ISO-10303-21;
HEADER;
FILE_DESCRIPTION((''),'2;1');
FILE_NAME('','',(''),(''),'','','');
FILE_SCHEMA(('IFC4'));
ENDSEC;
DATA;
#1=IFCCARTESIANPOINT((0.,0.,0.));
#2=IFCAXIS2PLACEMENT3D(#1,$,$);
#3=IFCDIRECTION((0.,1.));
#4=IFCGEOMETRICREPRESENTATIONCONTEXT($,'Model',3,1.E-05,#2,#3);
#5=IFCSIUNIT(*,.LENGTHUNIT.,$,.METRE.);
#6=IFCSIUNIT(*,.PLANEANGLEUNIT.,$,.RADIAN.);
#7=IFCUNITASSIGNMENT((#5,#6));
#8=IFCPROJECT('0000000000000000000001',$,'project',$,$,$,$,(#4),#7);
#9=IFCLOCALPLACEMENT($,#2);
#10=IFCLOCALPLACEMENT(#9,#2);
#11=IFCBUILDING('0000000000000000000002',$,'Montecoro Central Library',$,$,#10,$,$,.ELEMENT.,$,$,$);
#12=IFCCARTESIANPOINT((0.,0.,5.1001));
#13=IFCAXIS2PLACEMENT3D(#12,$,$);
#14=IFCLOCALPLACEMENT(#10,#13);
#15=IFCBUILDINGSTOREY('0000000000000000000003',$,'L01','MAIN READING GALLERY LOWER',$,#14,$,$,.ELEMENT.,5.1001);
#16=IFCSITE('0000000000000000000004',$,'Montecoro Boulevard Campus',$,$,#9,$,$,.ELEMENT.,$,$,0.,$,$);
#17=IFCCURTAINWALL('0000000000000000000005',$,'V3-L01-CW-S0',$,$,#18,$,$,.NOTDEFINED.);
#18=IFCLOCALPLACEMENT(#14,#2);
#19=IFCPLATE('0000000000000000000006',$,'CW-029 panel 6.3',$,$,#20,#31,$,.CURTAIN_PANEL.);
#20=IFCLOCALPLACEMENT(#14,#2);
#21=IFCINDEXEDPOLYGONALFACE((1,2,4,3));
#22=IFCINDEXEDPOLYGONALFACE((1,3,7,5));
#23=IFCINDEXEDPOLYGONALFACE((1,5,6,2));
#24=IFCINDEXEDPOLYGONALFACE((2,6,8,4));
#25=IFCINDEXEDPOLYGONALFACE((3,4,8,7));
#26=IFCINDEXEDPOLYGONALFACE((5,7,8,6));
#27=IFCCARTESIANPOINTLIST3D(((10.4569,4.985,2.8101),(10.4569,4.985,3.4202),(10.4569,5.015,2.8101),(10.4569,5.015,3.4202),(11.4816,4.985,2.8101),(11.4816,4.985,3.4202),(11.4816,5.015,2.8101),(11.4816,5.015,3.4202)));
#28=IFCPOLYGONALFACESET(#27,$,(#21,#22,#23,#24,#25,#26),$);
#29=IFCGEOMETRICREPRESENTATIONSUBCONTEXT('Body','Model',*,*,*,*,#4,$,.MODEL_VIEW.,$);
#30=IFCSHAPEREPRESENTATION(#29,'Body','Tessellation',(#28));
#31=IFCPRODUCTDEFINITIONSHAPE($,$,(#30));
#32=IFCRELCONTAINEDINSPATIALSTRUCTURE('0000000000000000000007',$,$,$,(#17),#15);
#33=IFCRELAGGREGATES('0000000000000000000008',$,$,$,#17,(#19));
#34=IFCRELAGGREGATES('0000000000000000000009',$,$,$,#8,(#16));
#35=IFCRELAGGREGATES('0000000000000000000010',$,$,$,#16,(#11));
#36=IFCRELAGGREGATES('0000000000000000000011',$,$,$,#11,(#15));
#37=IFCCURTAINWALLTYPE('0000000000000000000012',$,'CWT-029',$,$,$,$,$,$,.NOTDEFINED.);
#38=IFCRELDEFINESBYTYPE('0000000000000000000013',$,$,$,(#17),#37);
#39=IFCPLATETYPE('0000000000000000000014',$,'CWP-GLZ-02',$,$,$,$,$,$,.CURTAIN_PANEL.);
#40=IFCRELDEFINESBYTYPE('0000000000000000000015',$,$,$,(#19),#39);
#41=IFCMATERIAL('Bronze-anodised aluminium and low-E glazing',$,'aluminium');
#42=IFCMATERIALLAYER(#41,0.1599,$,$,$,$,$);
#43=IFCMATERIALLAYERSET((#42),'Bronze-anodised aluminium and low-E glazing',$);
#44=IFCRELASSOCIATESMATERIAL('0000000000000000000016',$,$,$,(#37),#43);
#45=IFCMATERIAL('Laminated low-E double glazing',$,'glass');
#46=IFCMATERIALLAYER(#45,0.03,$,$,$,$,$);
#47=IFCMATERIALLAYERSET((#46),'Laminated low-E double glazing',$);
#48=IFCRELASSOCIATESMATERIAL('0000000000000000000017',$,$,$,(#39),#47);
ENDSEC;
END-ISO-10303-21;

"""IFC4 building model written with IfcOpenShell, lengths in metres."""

from ifc_helpers import new_model, si_unit, direction, frame, origin, origin_2d, place, context, subcontext, project, spatial, rectangle, extrude, material, layer, layer_set, type_object, element, aggregate, save


model = new_model("IFC4")

# Units and contexts
model_context = context("Model", 3, precision=1e-05, world=origin(), true_north=direction((0.0, 1.0)))
body_context = subcontext(model_context, "Body", "Model", "MODEL_VIEW")
ifc_project = project(units=[si_unit("LENGTHUNIT", "METRE"), si_unit("PLANEANGLEUNIT", "RADIAN")], contexts=[model_context])

# Site, building, storey
site_placement = place(None, origin())
site = spatial("IfcSite", under=ifc_project, at=site_placement, Name="Montecoro Boulevard Campus", CompositionType="ELEMENT", RefElevation=0.0)
building_placement = place(site_placement, origin())
building = spatial("IfcBuilding", under=site, at=building_placement, Name="Montecoro Central Library", CompositionType="ELEMENT")
storey_placement = place(building_placement, frame((0.0, 0.0, 5.1001)))
storey = spatial("IfcBuildingStorey", under=building, at=storey_placement, Name="L01", Description="MAIN READING GALLERY LOWER", CompositionType="ELEMENT", Elevation=5.1001)

# Curtain wall, plate
ifc_material_1 = material(Name="Bronze-anodised aluminium and low-E glazing", Category="aluminium")
ifc_layer_1 = layer(ifc_material_1, 0.1599)
ifc_layer_set_1 = layer_set([ifc_layer_1], Name="Bronze-anodised aluminium and low-E glazing")
curtain_wall_type = type_object("IfcCurtainWallType", Name="CWT-029", PredefinedType="NOTDEFINED", material=ifc_layer_set_1)
curtain_wall_placement = place(storey_placement, origin())
curtain_wall = element("IfcCurtainWall", 1, at=curtain_wall_placement, inside=storey, type_object=curtain_wall_type, Name="V3-L01-CW-S0", PredefinedType="NOTDEFINED")
ifc_material_2 = material(Name="Laminated low-E double glazing", Category="glass")
ifc_layer_2 = layer(ifc_material_2, 0.03)
ifc_layer_set_2 = layer_set([ifc_layer_2], Name="Laminated low-E double glazing")
plate_type = type_object("IfcPlateType", Name="CWP-GLZ-02", PredefinedType="CURTAIN_PANEL", material=ifc_layer_set_2)
plate_1_placement = place(storey_placement, frame((10.9692, 5.0, 2.8101), z_axis=(0.0, 0.0, 1.0), x_axis=(1.0, 0.0, 0.0)))
plate_1 = element("IfcPlate", 2, at=plate_1_placement, type_object=plate_type, Name="CW-029 panel 6.3", PredefinedType="CURTAIN_PANEL", context=body_context, shape_type="SweptSolid", body=[
    extrude(rectangle(XDim=1.0247, YDim=0.03, at=origin_2d()), origin(), (0.0, 0.0, 1.0), 0.6101),
])
aggregate(curtain_wall, [plate_1])

save(model, "model.ifc")
